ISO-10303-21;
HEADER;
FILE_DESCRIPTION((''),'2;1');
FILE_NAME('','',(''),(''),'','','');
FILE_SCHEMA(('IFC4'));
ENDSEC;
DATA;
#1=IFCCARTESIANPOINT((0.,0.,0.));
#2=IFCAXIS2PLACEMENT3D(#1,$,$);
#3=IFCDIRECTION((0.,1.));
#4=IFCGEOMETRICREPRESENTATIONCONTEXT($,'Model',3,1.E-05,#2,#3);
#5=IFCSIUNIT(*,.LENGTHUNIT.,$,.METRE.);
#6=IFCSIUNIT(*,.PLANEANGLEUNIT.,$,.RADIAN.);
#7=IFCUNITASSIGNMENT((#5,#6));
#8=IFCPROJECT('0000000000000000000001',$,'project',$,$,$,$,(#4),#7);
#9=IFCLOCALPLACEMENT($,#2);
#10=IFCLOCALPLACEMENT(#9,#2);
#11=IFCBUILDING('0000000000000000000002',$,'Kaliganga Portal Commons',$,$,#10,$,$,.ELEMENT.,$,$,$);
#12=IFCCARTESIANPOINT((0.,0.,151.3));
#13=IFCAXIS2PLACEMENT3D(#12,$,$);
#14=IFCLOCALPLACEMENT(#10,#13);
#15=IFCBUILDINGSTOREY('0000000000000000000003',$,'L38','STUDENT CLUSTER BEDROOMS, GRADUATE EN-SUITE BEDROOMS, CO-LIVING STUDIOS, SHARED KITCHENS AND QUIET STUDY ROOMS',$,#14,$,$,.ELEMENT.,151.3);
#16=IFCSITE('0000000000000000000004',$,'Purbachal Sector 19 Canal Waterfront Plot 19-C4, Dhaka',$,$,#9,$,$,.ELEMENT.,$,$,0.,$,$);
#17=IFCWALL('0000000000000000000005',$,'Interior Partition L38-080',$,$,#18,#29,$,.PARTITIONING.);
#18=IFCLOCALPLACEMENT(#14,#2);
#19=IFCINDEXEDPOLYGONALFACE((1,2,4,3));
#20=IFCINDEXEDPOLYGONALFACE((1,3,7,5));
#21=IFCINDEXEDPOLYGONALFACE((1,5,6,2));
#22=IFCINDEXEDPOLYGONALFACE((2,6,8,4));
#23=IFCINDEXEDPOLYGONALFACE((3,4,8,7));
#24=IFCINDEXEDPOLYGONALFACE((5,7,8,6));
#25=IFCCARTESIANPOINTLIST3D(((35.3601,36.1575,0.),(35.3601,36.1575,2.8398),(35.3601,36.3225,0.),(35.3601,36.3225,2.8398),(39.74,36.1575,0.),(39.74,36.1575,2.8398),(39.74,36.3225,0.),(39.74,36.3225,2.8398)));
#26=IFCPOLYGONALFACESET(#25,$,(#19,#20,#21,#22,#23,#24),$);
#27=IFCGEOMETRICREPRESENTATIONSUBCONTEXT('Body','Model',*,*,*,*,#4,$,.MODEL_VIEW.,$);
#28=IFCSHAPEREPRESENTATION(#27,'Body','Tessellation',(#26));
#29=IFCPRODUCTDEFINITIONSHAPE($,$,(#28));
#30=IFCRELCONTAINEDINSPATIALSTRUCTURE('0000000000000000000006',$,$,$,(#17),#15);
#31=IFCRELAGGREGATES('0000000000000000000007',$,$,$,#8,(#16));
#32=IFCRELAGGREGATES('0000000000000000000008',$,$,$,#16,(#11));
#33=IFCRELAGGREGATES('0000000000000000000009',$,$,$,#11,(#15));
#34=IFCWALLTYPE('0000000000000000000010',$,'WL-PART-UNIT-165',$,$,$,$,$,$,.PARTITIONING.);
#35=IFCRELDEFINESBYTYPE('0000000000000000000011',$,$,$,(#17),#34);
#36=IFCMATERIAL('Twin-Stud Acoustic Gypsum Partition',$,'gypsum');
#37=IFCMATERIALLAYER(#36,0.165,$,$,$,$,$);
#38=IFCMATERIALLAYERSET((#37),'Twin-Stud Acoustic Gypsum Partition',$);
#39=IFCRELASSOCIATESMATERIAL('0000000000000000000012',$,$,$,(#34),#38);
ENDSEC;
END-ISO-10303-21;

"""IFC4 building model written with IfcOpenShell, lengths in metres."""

from ifc_helpers import new_model, si_unit, direction, frame, frame_2d, origin, place, context, subcontext, project, spatial, rectangle, extrude, material, layer, layer_set, type_object, element, save


model = new_model("IFC4")

# Units and contexts
model_context = context("Model", 3, precision=1e-05, world=origin(), true_north=direction((0.0, 1.0)))
body_context = subcontext(model_context, "Body", "Model", "MODEL_VIEW")
ifc_project = project(units=[si_unit("LENGTHUNIT", "METRE"), si_unit("PLANEANGLEUNIT", "RADIAN")], contexts=[model_context])

# Site, building, storey
site_placement = place(None, origin())
site = spatial("IfcSite", under=ifc_project, at=site_placement, Name="Purbachal Sector 19 Canal Waterfront Plot 19-C4, Dhaka", CompositionType="ELEMENT", RefElevation=0.0)
building_placement = place(site_placement, origin())
building = spatial("IfcBuilding", under=site, at=building_placement, Name="Kaliganga Portal Commons", CompositionType="ELEMENT")
storey_placement = place(building_placement, frame((0.0, 0.0, 151.3)))
storey = spatial("IfcBuildingStorey", under=building, at=storey_placement, Name="L38", Description="STUDENT CLUSTER BEDROOMS, GRADUATE EN-SUITE BEDROOMS, CO-LIVING STUDIOS, SHARED KITCHENS AND QUIET STUDY ROOMS", CompositionType="ELEMENT", Elevation=151.3)

# Wall
ifc_material_1 = material(Name="Twin-Stud Acoustic Gypsum Partition", Category="gypsum")
ifc_layer_1 = layer(ifc_material_1, 0.165)
ifc_layer_set_1 = layer_set([ifc_layer_1], Name="Twin-Stud Acoustic Gypsum Partition")
wall_type_1 = type_object("IfcWallType", Name="WL-PART-UNIT-165", PredefinedType="PARTITIONING", material=ifc_layer_set_1)
wall_1_placement = place(storey_placement, frame((35.3601, 36.24, 0.0), z_axis=(0.0, 0.0, 1.0), x_axis=(1.0, 0.0, 0.0)))
element("IfcWall", 1, at=wall_1_placement, inside=storey, type_object=wall_type_1, Name="Interior Partition L38-080", PredefinedType="PARTITIONING", context=body_context, shape_type="SweptSolid", body=[
    extrude(rectangle(XDim=4.3799, YDim=0.165, at=frame_2d((2.1899, 0.0))), origin(), (0.0, 0.0, 1.0), 2.8398),
])

save(model, "model.ifc")
